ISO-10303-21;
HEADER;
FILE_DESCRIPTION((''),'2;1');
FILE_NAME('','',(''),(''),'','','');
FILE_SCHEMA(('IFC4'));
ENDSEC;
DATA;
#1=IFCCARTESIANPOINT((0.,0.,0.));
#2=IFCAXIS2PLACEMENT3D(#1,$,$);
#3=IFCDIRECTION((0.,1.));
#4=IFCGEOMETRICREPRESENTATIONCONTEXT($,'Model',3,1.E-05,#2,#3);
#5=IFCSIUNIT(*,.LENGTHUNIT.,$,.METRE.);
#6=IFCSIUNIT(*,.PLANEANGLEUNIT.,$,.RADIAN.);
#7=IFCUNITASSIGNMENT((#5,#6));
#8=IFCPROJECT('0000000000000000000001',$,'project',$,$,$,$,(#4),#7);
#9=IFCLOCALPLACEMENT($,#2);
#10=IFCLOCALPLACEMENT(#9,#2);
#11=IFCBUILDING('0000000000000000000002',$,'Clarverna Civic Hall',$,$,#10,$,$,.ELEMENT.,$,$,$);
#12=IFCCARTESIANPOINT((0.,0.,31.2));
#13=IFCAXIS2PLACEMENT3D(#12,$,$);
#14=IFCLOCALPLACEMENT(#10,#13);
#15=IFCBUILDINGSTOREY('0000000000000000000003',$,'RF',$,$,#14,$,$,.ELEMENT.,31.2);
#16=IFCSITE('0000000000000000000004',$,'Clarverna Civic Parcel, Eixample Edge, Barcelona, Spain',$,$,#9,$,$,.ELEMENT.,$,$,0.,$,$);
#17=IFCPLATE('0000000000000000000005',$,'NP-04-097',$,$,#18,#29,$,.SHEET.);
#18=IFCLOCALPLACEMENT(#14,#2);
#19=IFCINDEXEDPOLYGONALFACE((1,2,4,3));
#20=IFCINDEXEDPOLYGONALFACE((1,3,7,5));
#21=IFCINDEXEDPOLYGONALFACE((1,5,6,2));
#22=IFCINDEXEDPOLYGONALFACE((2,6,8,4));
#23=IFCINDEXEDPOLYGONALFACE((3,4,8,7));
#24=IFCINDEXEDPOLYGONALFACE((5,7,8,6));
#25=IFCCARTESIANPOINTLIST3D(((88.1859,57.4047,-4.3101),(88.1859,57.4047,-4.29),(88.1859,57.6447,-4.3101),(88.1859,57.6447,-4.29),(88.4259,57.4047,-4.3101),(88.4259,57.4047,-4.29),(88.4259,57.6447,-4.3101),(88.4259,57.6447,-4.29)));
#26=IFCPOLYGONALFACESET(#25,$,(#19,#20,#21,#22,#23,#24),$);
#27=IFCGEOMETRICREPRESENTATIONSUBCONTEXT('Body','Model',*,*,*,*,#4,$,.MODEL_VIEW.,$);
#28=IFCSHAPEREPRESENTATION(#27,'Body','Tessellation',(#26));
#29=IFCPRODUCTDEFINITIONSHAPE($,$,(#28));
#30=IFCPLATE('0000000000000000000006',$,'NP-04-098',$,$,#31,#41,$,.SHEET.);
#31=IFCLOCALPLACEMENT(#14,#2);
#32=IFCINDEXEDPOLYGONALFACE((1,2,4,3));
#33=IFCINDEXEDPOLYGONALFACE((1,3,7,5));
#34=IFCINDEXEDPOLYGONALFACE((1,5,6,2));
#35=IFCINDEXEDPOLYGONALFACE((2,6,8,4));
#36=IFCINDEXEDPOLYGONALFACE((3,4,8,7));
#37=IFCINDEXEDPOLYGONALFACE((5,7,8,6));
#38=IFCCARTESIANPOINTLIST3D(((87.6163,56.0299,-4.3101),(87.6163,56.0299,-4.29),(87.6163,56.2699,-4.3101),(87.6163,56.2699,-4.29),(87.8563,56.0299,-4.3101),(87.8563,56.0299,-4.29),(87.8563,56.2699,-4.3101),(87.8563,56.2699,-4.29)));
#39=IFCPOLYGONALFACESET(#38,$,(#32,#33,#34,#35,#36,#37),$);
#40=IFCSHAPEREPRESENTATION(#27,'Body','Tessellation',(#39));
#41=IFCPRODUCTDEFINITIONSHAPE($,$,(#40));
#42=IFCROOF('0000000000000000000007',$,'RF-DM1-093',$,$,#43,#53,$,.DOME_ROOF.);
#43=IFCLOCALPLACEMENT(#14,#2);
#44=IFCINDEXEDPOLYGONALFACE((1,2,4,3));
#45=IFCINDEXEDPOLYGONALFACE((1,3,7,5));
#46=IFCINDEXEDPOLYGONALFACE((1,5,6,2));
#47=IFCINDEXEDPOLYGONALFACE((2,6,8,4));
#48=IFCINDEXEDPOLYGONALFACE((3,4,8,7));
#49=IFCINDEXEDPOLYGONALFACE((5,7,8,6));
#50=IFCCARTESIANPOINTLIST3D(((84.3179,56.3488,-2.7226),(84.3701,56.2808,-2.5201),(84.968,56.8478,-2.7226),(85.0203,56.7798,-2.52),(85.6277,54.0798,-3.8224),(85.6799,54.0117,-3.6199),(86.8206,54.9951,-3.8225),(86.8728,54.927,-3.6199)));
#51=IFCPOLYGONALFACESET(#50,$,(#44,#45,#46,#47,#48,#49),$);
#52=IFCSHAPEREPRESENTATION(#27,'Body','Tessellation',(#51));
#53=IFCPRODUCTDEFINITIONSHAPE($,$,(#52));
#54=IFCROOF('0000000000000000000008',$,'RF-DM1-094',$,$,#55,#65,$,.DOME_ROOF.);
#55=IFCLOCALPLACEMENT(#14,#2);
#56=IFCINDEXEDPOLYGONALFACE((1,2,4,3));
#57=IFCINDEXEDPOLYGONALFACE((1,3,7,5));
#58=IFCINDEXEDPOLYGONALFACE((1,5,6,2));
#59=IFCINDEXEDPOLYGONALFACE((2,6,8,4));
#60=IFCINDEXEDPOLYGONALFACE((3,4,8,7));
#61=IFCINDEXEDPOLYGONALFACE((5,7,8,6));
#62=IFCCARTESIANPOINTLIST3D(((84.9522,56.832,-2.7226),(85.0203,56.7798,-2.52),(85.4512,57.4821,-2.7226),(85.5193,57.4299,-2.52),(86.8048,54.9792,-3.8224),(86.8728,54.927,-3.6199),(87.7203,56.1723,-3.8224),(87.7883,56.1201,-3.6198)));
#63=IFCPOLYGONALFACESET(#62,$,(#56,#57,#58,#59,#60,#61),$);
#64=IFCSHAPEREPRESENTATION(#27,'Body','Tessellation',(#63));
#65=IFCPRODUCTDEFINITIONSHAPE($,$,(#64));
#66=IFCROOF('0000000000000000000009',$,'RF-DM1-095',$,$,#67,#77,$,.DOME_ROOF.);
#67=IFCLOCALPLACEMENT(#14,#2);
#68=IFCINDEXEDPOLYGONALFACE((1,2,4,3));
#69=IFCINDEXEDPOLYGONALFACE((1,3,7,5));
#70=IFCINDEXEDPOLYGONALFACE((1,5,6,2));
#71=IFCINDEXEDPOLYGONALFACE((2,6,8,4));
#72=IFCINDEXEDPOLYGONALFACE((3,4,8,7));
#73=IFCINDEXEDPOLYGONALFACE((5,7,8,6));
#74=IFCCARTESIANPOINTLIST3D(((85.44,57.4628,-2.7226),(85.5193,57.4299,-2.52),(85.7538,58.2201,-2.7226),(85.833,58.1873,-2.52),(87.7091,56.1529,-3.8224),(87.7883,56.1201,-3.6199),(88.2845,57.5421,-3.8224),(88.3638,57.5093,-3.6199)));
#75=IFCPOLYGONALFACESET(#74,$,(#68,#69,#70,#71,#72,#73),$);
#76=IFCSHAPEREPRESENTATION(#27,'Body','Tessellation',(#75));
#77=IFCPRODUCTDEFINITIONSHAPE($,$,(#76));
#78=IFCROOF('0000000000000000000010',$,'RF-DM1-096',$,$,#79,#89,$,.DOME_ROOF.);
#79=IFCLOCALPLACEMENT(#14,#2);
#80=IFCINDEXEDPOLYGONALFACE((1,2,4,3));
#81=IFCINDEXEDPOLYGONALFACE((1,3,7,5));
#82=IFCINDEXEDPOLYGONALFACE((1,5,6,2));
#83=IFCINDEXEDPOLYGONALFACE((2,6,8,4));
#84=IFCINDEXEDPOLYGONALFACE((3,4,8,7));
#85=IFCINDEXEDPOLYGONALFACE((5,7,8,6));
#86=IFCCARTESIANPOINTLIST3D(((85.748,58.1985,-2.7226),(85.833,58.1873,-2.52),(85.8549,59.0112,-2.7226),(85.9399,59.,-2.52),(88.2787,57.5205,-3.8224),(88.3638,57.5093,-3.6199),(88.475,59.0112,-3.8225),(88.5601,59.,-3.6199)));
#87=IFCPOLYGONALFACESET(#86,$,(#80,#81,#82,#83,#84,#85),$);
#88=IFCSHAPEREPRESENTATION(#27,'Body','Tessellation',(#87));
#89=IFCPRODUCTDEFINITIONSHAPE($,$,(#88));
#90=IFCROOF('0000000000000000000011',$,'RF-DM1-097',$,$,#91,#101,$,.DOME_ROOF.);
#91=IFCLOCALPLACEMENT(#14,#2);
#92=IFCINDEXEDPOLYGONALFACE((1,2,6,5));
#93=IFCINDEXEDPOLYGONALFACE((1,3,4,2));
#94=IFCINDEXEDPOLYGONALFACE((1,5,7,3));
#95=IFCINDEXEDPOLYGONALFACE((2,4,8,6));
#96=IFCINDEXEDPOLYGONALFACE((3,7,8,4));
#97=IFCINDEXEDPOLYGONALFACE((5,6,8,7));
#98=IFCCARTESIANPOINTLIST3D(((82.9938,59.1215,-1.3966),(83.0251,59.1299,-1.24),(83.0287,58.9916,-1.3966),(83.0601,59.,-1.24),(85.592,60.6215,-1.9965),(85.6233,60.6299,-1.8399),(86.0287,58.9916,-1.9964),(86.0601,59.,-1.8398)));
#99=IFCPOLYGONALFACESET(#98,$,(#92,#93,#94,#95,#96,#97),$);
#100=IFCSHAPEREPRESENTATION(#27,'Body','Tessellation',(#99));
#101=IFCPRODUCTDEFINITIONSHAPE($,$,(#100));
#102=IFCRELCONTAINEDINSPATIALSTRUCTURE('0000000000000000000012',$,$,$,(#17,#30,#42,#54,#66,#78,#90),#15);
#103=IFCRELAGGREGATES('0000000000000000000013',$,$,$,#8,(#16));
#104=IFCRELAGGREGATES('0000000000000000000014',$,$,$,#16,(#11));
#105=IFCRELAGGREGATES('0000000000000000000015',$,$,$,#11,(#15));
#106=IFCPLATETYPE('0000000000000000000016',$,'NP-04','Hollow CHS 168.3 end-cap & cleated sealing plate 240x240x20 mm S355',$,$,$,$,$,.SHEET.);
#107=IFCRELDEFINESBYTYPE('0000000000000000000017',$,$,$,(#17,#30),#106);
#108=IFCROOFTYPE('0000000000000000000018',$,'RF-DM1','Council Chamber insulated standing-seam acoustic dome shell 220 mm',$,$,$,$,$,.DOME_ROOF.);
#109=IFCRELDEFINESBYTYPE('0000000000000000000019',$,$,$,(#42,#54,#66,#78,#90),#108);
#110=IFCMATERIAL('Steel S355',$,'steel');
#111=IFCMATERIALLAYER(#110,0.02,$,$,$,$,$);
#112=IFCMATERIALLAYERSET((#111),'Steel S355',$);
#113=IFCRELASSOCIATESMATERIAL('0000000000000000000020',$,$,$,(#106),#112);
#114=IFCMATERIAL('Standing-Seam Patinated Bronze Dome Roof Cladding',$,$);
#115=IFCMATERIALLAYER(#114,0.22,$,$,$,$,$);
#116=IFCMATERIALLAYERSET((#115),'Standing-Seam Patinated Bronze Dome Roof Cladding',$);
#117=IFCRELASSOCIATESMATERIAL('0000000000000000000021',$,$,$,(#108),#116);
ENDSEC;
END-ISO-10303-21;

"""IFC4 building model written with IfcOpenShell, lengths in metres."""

from ifc_helpers import new_model, si_unit, direction, frame, origin, origin_2d, place, context, subcontext, project, spatial, polyline, rectangle, outline, extrude, material, layer, layer_set, type_object, element, save


model = new_model("IFC4")

# Units and contexts
model_context = context("Model", 3, precision=1e-05, world=origin(), true_north=direction((0.0, 1.0)))
body_context = subcontext(model_context, "Body", "Model", "MODEL_VIEW")
ifc_project = project(units=[si_unit("LENGTHUNIT", "METRE"), si_unit("PLANEANGLEUNIT", "RADIAN")], contexts=[model_context])

# Site, building, storey
site_placement = place(None, origin())
site = spatial("IfcSite", under=ifc_project, at=site_placement, Name="Clarverna Civic Parcel, Eixample Edge, Barcelona, Spain", CompositionType="ELEMENT", RefElevation=0.0)
building_placement = place(site_placement, origin())
building = spatial("IfcBuilding", under=site, at=building_placement, Name="Clarverna Civic Hall", CompositionType="ELEMENT")
storey_placement = place(building_placement, frame((0.0, 0.0, 31.2)))
storey = spatial("IfcBuildingStorey", under=building, at=storey_placement, Name="RF", CompositionType="ELEMENT", Elevation=31.2)

# Shared definitions
ifc_material_1 = material(Name="Steel S355", Category="steel")

# Plates
ifc_layer_1 = layer(ifc_material_1, 0.02)
ifc_layer_set_1 = layer_set([ifc_layer_1], Name="Steel S355")
plate_type_1 = type_object("IfcPlateType", Name="NP-04", Description="Hollow CHS 168.3 end-cap & cleated sealing plate 240x240x20 mm S355", PredefinedType="SHEET", material=ifc_layer_set_1)
for number, where, z_axis, x_axis, name in (
    (1, (88.3059, 57.5247, -4.3101), (0.0, 0.0, 1.0), (1.0, 0.0, 0.0), "NP-04-097"),
    (2, (87.7363, 56.1499, -4.3101), (0.0, 0.0, 1.0), (1.0, 0.0, 0.0), "NP-04-098"),
):
    element("IfcPlate", number, at=place(storey_placement, frame(where, z_axis=z_axis, x_axis=x_axis)), inside=storey, type_object=plate_type_1, Name=name, PredefinedType="SHEET", context=body_context, shape_type="SweptSolid", body=[
        extrude(rectangle(XDim=0.24, YDim=0.24, at=origin_2d()), origin(), (0.0, 0.0, 1.0), 0.02),
    ])

# Roofs
ifc_material_2 = material(Name="Standing-Seam Patinated Bronze Dome Roof Cladding")
ifc_layer_2 = layer(ifc_material_2, 0.22)
ifc_layer_set_2 = layer_set([ifc_layer_2], Name="Standing-Seam Patinated Bronze Dome Roof Cladding")
roof_type = type_object("IfcRoofType", Name="RF-DM1", Description="Council Chamber insulated standing-seam acoustic dome shell 220 mm", PredefinedType="DOME_ROOF", material=ifc_layer_set_2)
roof_1_placement = place(storey_placement, frame((85.6799, 54.0117, -3.6199), z_axis=(0.237369, -0.309321, 0.920856), x_axis=(0.79336, 0.608752, -0.000021)))
element("IfcRoof", 3, at=roof_1_placement, inside=storey, type_object=roof_type, Name="RF-DM1-093", PredefinedType="DOME_ROOF", context=body_context, shape_type="SweptSolid", body=[
    extrude(outline(polyline([(0.0, 0.0), (1.5036, 0.0), (1.1617, 2.8209), (0.3421, 2.8208), (0.0, 0.0)])), origin(), (0.0, 0.0, -1.0), 0.22),
])
roof_2_placement = place(storey_placement, frame((86.8728, 54.927, -3.6199), z_axis=(0.309319, -0.237377, 0.920855), x_axis=(0.608775, 0.793343, 0.000017)))
element("IfcRoof", 4, at=roof_2_placement, inside=storey, type_object=roof_type, Name="RF-DM1-094", PredefinedType="DOME_ROOF", context=body_context, shape_type="SweptSolid", body=[
    extrude(outline(polyline([(0.0, 0.0), (1.5039, 0.0), (1.1617, 2.8208), (0.3421, 2.8209), (0.0, 0.0)])), origin(), (0.0, 0.0, -1.0), 0.22),
])
roof_3_placement = place(storey_placement, frame((87.7883, 56.1201, -3.6199), z_axis=(0.360222, -0.149218, 0.920855), x_axis=(0.382701, 0.923872, 0.000001)))
element("IfcRoof", 5, at=roof_3_placement, inside=storey, type_object=roof_type, Name="RF-DM1-095", PredefinedType="DOME_ROOF", context=body_context, shape_type="SweptSolid", body=[
    extrude(outline(polyline([(0.0, 0.0), (1.5036, 0.0), (1.1615, 2.8208), (0.3417, 2.8208), (0.0, 0.0)])), origin(), (0.0, 0.0, -1.0), 0.22),
])
roof_4_placement = place(storey_placement, frame((88.3638, 57.5093, -3.6199), z_axis=(0.38656, -0.050886, 0.92086), x_axis=(0.130542, 0.991443, -0.000013)))
element("IfcRoof", 6, at=roof_4_placement, inside=storey, type_object=roof_type, Name="RF-DM1-096", PredefinedType="DOME_ROOF", context=body_context, shape_type="SweptSolid", body=[
    extrude(outline(polyline([(0.0, 0.0), (1.5036, 0.0), (1.1615, 2.8209), (0.3418, 2.8209), (0.0, 0.0)])), origin(), (0.0, 0.0, -1.0), 0.22),
])
roof_5_placement = place(storey_placement, frame((86.0601, 59.0, -1.8398), z_axis=(0.195794, 0.05248, 0.97924), x_axis=(-0.258844, 0.965919, -0.000011)))
element("IfcRoof", 7, at=roof_5_placement, inside=storey, type_object=roof_type, Name="RF-DM1-097", PredefinedType="DOME_ROOF", context=body_context, shape_type="SweptSolid", body=[
    extrude(outline(polyline([(0.0, 0.0), (1.6874, 0.0), (0.911, 2.9593), (0.7765, 2.9592), (0.0, 0.0)])), origin(), (0.0, 0.0, -1.0), 0.1599),
])

save(model, "model.ifc")
